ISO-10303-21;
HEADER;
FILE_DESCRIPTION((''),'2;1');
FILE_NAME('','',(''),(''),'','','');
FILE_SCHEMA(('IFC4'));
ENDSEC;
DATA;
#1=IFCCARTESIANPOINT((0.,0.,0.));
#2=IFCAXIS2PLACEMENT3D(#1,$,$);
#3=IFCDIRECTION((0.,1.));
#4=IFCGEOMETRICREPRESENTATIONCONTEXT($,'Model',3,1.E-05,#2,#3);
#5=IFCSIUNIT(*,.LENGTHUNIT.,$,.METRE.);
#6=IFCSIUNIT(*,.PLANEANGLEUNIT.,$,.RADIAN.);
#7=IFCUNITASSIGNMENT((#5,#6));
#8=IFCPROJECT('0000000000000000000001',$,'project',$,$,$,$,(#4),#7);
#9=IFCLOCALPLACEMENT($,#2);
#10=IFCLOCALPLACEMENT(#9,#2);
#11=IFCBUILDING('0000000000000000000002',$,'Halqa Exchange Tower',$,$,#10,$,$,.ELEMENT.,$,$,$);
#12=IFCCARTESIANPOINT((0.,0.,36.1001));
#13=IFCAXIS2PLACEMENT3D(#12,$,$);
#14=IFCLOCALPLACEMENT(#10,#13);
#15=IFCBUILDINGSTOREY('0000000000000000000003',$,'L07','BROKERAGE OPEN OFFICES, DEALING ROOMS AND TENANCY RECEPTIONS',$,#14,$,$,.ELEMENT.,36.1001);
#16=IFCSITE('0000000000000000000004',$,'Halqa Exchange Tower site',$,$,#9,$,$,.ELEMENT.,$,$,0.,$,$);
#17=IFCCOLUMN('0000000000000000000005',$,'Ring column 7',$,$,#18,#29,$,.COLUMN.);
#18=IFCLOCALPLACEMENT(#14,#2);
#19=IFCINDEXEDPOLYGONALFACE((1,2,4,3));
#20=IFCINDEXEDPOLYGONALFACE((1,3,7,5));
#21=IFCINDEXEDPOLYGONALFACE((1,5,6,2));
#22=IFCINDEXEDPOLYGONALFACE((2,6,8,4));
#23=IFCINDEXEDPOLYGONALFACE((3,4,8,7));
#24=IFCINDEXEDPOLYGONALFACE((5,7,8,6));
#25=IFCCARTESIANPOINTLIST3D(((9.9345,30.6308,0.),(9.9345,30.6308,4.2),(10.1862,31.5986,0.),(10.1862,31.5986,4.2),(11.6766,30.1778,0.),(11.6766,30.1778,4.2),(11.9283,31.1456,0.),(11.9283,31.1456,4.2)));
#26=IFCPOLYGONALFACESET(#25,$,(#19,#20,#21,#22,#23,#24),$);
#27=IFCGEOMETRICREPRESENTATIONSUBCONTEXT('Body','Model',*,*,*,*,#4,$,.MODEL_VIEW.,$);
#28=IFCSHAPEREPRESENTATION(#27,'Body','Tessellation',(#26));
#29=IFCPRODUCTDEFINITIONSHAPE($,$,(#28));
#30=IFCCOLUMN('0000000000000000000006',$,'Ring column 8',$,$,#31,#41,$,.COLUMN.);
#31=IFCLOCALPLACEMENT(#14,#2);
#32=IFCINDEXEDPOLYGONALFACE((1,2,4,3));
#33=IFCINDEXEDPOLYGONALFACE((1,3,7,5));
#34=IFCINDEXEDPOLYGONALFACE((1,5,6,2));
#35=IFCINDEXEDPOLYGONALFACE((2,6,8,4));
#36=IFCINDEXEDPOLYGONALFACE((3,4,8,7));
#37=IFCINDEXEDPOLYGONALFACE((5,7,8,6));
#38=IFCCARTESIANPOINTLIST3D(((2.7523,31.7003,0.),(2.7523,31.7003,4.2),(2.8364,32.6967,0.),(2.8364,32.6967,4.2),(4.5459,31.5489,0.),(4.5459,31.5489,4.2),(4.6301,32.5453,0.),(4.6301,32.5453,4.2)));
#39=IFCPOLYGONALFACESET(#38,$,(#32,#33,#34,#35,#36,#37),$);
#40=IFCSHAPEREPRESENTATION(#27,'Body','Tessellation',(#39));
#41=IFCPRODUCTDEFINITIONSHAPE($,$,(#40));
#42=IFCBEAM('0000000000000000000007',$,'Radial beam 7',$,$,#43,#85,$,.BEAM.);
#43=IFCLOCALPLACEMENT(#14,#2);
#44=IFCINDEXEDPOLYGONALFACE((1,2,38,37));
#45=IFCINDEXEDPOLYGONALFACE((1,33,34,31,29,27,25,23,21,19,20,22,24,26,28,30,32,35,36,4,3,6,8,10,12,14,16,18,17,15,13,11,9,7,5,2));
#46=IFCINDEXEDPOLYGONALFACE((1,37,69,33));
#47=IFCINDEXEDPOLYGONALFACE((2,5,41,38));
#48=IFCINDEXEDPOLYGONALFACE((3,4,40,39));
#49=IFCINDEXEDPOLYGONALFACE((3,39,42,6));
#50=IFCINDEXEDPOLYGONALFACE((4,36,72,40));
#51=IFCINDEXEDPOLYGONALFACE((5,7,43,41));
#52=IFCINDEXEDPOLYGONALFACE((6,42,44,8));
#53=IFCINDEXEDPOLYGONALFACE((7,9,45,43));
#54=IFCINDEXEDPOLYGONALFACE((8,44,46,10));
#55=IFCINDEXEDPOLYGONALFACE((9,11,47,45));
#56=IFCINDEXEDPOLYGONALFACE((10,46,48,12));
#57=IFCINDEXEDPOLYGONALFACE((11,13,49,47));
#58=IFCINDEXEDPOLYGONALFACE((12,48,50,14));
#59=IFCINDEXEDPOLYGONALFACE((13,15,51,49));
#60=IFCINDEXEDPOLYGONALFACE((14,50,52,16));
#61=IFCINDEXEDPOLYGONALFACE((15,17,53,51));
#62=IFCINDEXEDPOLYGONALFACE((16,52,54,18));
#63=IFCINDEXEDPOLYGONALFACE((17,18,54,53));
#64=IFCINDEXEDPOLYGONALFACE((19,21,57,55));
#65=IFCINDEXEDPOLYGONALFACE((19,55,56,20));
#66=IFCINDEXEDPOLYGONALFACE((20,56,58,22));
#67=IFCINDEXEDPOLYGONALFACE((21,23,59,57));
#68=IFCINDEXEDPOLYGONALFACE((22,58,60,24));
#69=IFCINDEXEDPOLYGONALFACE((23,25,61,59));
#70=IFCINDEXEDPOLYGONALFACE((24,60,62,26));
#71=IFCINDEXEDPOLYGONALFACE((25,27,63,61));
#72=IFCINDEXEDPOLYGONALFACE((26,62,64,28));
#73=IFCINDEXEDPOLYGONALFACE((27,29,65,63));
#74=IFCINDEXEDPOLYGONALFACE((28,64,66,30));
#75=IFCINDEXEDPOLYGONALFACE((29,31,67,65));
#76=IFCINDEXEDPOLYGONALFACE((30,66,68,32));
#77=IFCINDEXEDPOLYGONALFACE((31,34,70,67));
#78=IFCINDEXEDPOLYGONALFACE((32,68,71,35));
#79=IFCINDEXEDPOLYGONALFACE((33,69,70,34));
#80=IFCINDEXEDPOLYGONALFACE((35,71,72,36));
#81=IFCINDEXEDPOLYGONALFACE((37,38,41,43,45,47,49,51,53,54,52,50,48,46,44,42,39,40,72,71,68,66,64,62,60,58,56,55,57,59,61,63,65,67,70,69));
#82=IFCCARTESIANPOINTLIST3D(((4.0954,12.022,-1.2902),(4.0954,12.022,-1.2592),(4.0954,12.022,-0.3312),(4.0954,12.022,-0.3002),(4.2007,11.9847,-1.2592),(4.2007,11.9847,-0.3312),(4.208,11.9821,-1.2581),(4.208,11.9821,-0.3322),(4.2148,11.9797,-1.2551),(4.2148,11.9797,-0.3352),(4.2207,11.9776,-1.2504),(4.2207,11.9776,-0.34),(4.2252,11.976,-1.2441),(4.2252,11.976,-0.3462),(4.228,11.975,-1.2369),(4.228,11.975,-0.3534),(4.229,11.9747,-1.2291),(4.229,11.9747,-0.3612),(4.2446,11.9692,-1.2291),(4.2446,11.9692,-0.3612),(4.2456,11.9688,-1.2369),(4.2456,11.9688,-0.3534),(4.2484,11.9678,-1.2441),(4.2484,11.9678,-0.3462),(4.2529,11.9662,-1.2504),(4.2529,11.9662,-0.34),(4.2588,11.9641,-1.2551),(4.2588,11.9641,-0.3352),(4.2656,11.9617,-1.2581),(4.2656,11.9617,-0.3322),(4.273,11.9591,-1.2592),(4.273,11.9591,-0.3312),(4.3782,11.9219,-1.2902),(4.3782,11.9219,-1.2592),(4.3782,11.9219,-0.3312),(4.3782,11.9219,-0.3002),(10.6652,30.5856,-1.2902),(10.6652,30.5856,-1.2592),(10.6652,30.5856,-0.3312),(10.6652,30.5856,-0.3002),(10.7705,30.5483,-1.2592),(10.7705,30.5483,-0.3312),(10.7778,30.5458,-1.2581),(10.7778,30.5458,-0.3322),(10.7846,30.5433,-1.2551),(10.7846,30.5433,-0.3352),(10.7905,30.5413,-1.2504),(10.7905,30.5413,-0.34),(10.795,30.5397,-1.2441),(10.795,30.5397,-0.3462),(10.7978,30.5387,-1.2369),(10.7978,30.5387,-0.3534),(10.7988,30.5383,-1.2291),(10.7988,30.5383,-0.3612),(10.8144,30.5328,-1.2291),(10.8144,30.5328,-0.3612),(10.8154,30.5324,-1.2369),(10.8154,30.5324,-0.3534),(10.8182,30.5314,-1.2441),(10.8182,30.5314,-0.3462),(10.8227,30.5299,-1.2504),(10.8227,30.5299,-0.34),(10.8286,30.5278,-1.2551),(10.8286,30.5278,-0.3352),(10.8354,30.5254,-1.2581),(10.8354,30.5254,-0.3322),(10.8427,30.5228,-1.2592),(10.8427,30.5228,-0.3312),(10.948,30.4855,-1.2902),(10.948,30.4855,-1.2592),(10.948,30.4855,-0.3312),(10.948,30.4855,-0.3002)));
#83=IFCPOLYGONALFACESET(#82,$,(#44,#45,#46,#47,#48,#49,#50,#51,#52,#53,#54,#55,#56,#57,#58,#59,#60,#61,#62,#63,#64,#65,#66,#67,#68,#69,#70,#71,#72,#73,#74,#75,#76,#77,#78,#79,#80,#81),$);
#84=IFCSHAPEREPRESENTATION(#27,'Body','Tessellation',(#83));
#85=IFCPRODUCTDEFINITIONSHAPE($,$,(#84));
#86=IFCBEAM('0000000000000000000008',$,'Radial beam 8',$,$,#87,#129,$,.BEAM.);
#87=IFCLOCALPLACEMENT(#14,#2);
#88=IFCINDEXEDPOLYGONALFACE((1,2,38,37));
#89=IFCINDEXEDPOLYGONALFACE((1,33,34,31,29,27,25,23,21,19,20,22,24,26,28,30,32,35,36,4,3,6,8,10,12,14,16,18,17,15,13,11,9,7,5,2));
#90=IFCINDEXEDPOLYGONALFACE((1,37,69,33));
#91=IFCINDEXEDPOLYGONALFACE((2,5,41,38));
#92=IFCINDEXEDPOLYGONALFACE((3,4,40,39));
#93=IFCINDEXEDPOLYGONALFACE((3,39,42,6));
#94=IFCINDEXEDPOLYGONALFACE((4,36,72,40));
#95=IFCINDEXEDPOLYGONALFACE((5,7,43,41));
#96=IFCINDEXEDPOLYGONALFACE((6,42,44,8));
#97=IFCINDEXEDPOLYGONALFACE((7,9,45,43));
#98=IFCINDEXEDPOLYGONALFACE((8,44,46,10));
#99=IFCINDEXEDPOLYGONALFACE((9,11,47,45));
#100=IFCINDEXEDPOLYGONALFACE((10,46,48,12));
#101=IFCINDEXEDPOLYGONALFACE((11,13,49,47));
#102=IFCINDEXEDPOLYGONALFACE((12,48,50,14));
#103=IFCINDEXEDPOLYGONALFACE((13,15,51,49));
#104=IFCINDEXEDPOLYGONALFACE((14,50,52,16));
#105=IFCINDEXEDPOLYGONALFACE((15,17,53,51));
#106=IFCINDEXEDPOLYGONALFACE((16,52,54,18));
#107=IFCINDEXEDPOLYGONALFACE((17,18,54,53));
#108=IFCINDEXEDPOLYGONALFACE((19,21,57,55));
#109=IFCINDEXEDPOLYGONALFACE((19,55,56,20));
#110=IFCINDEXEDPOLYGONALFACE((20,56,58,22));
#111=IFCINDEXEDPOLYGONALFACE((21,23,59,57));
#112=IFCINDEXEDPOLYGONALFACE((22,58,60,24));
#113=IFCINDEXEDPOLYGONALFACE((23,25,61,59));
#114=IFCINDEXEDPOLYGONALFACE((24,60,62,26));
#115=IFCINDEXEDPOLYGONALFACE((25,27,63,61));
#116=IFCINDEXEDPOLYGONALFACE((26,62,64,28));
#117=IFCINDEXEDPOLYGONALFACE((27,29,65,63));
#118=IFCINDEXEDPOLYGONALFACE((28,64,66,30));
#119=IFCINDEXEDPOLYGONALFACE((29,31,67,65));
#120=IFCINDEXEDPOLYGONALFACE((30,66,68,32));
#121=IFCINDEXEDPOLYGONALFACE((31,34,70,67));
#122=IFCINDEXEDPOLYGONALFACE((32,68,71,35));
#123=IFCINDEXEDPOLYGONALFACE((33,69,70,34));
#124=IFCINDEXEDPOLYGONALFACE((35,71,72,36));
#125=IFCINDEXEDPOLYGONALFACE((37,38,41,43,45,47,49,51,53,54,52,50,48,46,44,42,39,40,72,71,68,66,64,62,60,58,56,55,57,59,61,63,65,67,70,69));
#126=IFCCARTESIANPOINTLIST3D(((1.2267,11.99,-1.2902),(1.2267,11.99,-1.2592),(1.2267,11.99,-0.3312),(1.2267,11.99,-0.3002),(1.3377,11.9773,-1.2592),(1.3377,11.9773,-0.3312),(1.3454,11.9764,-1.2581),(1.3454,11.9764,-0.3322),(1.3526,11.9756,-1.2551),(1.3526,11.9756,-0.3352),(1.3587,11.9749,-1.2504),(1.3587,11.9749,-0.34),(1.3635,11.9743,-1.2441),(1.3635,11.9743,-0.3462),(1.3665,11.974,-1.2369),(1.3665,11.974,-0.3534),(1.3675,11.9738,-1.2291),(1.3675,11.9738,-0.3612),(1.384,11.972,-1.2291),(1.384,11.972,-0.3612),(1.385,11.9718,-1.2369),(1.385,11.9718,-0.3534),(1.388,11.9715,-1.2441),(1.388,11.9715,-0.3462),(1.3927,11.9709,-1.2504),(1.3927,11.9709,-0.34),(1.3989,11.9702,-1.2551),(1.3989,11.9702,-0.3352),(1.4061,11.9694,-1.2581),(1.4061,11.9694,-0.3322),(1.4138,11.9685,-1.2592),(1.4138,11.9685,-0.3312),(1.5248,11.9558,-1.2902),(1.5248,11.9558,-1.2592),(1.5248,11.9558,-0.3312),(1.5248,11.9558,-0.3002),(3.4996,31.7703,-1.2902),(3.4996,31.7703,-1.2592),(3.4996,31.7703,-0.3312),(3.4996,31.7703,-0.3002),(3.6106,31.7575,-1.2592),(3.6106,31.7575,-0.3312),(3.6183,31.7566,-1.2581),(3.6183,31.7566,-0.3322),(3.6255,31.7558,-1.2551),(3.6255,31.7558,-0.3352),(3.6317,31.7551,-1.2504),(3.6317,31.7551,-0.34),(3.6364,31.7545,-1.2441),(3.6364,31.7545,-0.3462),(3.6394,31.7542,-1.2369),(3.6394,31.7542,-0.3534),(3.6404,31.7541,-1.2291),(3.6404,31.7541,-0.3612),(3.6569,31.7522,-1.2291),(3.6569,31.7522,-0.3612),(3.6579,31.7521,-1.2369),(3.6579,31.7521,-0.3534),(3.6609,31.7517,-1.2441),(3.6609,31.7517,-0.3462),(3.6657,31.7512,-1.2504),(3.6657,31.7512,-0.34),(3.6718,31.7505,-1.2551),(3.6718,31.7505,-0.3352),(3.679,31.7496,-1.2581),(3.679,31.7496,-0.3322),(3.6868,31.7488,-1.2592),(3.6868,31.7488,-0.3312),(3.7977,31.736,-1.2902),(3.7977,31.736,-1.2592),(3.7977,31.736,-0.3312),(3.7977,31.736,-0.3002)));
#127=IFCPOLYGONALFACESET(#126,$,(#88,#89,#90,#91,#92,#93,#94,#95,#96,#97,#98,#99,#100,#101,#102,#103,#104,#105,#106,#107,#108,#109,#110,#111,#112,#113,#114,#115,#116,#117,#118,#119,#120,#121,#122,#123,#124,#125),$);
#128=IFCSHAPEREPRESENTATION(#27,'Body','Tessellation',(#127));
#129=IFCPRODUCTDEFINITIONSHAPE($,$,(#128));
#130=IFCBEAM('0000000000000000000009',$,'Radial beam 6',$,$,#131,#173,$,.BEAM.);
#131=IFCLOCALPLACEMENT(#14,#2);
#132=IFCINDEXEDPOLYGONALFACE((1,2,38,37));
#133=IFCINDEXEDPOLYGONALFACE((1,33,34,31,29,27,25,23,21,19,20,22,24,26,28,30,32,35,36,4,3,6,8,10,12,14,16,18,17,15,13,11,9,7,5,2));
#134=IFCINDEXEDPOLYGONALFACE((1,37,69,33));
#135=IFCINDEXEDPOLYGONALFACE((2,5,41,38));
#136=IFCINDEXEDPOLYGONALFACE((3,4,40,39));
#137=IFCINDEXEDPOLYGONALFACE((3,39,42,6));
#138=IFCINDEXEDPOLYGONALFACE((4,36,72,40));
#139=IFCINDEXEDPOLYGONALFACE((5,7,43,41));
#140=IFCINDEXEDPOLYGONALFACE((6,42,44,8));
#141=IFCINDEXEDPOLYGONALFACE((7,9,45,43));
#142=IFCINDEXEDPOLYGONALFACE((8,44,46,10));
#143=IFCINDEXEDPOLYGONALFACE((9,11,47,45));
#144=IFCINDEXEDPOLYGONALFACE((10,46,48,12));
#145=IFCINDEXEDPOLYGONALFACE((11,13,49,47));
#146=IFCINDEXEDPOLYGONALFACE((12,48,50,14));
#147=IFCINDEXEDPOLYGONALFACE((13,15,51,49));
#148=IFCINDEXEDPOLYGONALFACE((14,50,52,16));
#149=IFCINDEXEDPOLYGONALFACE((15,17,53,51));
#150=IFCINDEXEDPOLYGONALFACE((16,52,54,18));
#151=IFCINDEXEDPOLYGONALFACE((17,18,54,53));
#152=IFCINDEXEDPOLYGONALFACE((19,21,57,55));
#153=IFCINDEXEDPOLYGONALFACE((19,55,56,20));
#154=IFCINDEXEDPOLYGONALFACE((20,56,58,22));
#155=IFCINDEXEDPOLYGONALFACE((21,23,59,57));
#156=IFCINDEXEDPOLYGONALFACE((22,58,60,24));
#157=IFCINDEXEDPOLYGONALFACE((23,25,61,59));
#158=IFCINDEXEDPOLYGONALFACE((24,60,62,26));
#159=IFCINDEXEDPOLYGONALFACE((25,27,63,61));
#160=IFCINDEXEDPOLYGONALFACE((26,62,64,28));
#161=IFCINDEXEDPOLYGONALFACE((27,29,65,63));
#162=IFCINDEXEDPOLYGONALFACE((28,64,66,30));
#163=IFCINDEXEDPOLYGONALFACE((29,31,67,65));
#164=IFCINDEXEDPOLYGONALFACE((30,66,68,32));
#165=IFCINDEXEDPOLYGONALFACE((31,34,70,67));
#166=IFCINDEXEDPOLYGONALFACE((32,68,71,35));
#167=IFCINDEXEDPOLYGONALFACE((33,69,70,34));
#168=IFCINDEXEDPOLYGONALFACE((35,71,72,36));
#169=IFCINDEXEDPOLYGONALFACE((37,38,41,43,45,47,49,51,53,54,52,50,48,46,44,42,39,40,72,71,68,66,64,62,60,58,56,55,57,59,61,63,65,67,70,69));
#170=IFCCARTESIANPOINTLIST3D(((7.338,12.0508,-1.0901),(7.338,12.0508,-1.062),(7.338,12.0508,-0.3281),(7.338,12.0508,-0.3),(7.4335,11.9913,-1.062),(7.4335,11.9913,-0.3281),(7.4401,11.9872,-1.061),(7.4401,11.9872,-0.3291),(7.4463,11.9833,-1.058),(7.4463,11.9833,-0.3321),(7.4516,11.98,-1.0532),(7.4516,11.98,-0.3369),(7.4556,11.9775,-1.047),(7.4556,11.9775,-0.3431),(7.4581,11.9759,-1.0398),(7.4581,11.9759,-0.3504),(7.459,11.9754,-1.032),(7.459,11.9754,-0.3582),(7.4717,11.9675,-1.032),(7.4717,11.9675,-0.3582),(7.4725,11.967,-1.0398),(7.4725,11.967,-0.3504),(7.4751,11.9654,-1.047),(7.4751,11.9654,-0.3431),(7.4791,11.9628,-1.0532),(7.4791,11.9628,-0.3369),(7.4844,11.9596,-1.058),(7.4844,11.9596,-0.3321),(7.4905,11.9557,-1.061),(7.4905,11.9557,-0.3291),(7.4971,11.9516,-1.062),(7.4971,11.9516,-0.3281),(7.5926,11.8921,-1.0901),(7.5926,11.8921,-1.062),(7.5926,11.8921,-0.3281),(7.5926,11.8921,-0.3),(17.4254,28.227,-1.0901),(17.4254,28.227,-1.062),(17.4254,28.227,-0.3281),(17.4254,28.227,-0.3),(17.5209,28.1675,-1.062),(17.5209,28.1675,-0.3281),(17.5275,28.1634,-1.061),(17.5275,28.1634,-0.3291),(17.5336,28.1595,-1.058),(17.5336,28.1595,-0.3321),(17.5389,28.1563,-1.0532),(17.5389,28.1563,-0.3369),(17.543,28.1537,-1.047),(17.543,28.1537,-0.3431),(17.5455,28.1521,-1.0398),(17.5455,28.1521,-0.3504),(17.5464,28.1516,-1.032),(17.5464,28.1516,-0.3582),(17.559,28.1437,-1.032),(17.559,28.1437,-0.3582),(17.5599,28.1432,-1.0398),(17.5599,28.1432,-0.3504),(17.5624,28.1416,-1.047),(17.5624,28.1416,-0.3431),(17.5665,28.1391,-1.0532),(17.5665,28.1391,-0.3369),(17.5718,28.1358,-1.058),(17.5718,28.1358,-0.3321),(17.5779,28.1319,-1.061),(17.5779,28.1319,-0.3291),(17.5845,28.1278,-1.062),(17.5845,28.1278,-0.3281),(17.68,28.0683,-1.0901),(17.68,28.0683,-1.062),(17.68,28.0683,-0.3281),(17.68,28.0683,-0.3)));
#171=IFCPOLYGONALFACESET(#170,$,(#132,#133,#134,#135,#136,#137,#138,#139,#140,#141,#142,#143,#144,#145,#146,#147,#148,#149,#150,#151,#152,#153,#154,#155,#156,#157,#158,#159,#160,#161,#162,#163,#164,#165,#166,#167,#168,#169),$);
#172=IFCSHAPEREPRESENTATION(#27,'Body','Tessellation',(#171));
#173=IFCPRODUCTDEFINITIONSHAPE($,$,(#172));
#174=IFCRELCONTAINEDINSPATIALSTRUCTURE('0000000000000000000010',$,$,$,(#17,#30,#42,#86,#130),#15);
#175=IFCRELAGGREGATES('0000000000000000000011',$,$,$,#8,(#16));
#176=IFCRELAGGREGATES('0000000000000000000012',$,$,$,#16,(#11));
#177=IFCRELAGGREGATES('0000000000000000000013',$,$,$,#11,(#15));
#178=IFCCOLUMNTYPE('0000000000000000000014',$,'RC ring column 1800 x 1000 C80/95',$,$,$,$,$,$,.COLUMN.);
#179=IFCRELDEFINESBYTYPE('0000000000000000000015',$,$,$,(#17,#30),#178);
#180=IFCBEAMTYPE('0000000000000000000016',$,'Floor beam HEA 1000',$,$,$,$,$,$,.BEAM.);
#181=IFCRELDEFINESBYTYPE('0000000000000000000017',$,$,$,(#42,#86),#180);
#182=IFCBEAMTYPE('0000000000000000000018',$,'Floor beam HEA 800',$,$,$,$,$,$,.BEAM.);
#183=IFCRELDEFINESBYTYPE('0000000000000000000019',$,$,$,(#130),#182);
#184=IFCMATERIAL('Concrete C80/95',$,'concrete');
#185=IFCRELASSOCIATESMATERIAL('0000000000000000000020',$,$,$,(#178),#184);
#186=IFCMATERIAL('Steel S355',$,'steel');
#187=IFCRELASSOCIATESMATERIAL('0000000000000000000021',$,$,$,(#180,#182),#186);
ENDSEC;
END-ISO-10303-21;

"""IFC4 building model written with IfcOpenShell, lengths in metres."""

from ifc_helpers import new_model, si_unit, direction, frame, origin, origin_2d, place, context, subcontext, project, spatial, rectangle, i_section, extrude, material, material_profile, profile_set, type_object, element, save


model = new_model("IFC4")

# Units and contexts
model_context = context("Model", 3, precision=1e-05, world=origin(), true_north=direction((0.0, 1.0)))
body_context = subcontext(model_context, "Body", "Model", "MODEL_VIEW")
ifc_project = project(units=[si_unit("LENGTHUNIT", "METRE"), si_unit("PLANEANGLEUNIT", "RADIAN")], contexts=[model_context])

# Site, building, storey
site_placement = place(None, origin())
site = spatial("IfcSite", under=ifc_project, at=site_placement, Name="Halqa Exchange Tower site", CompositionType="ELEMENT", RefElevation=0.0)
building_placement = place(site_placement, origin())
building = spatial("IfcBuilding", under=site, at=building_placement, Name="Halqa Exchange Tower", CompositionType="ELEMENT")
storey_placement = place(building_placement, frame((0.0, 0.0, 36.1001)))
storey = spatial("IfcBuildingStorey", under=building, at=storey_placement, Name="L07", Description="BROKERAGE OPEN OFFICES, DEALING ROOMS AND TENANCY RECEPTIONS", CompositionType="ELEMENT", Elevation=36.1001)

# Columns
ifc_material_1 = material(Name="Concrete C80/95", Category="concrete")
ifc_material_profile_1 = material_profile(ifc_material_1, rectangle(XDim=1.8, YDim=1.0, at=origin_2d()), Name="1800 x 1000")
ifc_profile_set_1 = profile_set([ifc_material_profile_1], Name="Concrete C80/95")
column_type = type_object("IfcColumnType", Name="RC ring column 1800 x 1000 C80/95", PredefinedType="COLUMN", material=ifc_profile_set_1)
for number, where, z_axis, x_axis, name in (
    (1, (10.9314, 30.8882, 0.0), (0.0, 0.0, 1.0), (-0.967819, 0.251647, 0.0), "Ring column 7"),
    (2, (3.6912, 32.1228, 0.0), (0.0, 0.0, 1.0), (-0.996455, 0.084125, 0.0), "Ring column 8"),
):
    element("IfcColumn", number, at=place(storey_placement, frame(where, z_axis=z_axis, x_axis=x_axis)), inside=storey, type_object=column_type, Name=name, PredefinedType="COLUMN", context=body_context, shape_type="SweptSolid", body=[
        extrude(rectangle(XDim=1.8, YDim=1.0, at=origin_2d()), origin(), (0.0, 0.0, 1.0), 4.2),
    ])

# Beams
ifc_material_2 = material(Name="Steel S355", Category="steel")
ifc_material_profile_2 = material_profile(ifc_material_2, i_section(OverallWidth=0.3, OverallDepth=0.99, WebThickness=0.0166, FlangeThickness=0.031, FilletRadius=0.03, at=origin_2d()), Name="HEA 1000")
ifc_profile_set_2 = profile_set([ifc_material_profile_2], Name="Steel S355")
beam_type_1 = type_object("IfcBeamType", Name="Floor beam HEA 1000", PredefinedType="BEAM", material=ifc_profile_set_2)
beam_1_placement = place(storey_placement, frame((4.2368, 11.9719, -0.7952), z_axis=(0.333629, 0.942704, 0.0), x_axis=(-0.942704, 0.333629, 0.0)))
element("IfcBeam", 3, at=beam_1_placement, inside=storey, type_object=beam_type_1, Name="Radial beam 7", PredefinedType="BEAM", context=body_context, shape_type="SweptSolid", body=[
    extrude(i_section(OverallWidth=0.3, OverallDepth=0.99, WebThickness=0.0166, FlangeThickness=0.031, FilletRadius=0.03, at=origin_2d()), origin(), (0.0, 0.0, 1.0), 19.6919),
])
beam_2_placement = place(storey_placement, frame((1.3757, 11.9729, -0.7952), z_axis=(0.114159, 0.993463, 0.0), x_axis=(-0.993463, 0.114159, 0.0)))
element("IfcBeam", 4, at=beam_2_placement, inside=storey, type_object=beam_type_1, Name="Radial beam 8", PredefinedType="BEAM", context=body_context, shape_type="SweptSolid", body=[
    extrude(i_section(OverallWidth=0.3, OverallDepth=0.99, WebThickness=0.0166, FlangeThickness=0.031, FilletRadius=0.03, at=origin_2d()), origin(), (0.0, 0.0, 1.0), 19.9104),
])
ifc_material_profile_3 = material_profile(ifc_material_2, i_section(OverallWidth=0.3, OverallDepth=0.79, WebThickness=0.0149, FlangeThickness=0.0281, FilletRadius=0.03, at=origin_2d()), Name="HEA 800")
ifc_profile_set_3 = profile_set([ifc_material_profile_3], Name="Steel S355")
beam_type_2 = type_object("IfcBeamType", Name="Floor beam HEA 800", PredefinedType="BEAM", material=ifc_profile_set_3)
beam_3_placement = place(storey_placement, frame((7.4653, 11.9714, -0.6951), z_axis=(0.52914, 0.848535, 0.0), x_axis=(-0.848535, 0.52914, 0.0)))
element("IfcBeam", 5, at=beam_3_placement, inside=storey, type_object=beam_type_2, Name="Radial beam 6", PredefinedType="BEAM", context=body_context, shape_type="SweptSolid", body=[
    extrude(i_section(OverallWidth=0.3, OverallDepth=0.79, WebThickness=0.0149, FlangeThickness=0.0281, FilletRadius=0.03, at=origin_2d()), origin(), (0.0, 0.0, 1.0), 19.0637),
])

save(model, "model.ifc")
